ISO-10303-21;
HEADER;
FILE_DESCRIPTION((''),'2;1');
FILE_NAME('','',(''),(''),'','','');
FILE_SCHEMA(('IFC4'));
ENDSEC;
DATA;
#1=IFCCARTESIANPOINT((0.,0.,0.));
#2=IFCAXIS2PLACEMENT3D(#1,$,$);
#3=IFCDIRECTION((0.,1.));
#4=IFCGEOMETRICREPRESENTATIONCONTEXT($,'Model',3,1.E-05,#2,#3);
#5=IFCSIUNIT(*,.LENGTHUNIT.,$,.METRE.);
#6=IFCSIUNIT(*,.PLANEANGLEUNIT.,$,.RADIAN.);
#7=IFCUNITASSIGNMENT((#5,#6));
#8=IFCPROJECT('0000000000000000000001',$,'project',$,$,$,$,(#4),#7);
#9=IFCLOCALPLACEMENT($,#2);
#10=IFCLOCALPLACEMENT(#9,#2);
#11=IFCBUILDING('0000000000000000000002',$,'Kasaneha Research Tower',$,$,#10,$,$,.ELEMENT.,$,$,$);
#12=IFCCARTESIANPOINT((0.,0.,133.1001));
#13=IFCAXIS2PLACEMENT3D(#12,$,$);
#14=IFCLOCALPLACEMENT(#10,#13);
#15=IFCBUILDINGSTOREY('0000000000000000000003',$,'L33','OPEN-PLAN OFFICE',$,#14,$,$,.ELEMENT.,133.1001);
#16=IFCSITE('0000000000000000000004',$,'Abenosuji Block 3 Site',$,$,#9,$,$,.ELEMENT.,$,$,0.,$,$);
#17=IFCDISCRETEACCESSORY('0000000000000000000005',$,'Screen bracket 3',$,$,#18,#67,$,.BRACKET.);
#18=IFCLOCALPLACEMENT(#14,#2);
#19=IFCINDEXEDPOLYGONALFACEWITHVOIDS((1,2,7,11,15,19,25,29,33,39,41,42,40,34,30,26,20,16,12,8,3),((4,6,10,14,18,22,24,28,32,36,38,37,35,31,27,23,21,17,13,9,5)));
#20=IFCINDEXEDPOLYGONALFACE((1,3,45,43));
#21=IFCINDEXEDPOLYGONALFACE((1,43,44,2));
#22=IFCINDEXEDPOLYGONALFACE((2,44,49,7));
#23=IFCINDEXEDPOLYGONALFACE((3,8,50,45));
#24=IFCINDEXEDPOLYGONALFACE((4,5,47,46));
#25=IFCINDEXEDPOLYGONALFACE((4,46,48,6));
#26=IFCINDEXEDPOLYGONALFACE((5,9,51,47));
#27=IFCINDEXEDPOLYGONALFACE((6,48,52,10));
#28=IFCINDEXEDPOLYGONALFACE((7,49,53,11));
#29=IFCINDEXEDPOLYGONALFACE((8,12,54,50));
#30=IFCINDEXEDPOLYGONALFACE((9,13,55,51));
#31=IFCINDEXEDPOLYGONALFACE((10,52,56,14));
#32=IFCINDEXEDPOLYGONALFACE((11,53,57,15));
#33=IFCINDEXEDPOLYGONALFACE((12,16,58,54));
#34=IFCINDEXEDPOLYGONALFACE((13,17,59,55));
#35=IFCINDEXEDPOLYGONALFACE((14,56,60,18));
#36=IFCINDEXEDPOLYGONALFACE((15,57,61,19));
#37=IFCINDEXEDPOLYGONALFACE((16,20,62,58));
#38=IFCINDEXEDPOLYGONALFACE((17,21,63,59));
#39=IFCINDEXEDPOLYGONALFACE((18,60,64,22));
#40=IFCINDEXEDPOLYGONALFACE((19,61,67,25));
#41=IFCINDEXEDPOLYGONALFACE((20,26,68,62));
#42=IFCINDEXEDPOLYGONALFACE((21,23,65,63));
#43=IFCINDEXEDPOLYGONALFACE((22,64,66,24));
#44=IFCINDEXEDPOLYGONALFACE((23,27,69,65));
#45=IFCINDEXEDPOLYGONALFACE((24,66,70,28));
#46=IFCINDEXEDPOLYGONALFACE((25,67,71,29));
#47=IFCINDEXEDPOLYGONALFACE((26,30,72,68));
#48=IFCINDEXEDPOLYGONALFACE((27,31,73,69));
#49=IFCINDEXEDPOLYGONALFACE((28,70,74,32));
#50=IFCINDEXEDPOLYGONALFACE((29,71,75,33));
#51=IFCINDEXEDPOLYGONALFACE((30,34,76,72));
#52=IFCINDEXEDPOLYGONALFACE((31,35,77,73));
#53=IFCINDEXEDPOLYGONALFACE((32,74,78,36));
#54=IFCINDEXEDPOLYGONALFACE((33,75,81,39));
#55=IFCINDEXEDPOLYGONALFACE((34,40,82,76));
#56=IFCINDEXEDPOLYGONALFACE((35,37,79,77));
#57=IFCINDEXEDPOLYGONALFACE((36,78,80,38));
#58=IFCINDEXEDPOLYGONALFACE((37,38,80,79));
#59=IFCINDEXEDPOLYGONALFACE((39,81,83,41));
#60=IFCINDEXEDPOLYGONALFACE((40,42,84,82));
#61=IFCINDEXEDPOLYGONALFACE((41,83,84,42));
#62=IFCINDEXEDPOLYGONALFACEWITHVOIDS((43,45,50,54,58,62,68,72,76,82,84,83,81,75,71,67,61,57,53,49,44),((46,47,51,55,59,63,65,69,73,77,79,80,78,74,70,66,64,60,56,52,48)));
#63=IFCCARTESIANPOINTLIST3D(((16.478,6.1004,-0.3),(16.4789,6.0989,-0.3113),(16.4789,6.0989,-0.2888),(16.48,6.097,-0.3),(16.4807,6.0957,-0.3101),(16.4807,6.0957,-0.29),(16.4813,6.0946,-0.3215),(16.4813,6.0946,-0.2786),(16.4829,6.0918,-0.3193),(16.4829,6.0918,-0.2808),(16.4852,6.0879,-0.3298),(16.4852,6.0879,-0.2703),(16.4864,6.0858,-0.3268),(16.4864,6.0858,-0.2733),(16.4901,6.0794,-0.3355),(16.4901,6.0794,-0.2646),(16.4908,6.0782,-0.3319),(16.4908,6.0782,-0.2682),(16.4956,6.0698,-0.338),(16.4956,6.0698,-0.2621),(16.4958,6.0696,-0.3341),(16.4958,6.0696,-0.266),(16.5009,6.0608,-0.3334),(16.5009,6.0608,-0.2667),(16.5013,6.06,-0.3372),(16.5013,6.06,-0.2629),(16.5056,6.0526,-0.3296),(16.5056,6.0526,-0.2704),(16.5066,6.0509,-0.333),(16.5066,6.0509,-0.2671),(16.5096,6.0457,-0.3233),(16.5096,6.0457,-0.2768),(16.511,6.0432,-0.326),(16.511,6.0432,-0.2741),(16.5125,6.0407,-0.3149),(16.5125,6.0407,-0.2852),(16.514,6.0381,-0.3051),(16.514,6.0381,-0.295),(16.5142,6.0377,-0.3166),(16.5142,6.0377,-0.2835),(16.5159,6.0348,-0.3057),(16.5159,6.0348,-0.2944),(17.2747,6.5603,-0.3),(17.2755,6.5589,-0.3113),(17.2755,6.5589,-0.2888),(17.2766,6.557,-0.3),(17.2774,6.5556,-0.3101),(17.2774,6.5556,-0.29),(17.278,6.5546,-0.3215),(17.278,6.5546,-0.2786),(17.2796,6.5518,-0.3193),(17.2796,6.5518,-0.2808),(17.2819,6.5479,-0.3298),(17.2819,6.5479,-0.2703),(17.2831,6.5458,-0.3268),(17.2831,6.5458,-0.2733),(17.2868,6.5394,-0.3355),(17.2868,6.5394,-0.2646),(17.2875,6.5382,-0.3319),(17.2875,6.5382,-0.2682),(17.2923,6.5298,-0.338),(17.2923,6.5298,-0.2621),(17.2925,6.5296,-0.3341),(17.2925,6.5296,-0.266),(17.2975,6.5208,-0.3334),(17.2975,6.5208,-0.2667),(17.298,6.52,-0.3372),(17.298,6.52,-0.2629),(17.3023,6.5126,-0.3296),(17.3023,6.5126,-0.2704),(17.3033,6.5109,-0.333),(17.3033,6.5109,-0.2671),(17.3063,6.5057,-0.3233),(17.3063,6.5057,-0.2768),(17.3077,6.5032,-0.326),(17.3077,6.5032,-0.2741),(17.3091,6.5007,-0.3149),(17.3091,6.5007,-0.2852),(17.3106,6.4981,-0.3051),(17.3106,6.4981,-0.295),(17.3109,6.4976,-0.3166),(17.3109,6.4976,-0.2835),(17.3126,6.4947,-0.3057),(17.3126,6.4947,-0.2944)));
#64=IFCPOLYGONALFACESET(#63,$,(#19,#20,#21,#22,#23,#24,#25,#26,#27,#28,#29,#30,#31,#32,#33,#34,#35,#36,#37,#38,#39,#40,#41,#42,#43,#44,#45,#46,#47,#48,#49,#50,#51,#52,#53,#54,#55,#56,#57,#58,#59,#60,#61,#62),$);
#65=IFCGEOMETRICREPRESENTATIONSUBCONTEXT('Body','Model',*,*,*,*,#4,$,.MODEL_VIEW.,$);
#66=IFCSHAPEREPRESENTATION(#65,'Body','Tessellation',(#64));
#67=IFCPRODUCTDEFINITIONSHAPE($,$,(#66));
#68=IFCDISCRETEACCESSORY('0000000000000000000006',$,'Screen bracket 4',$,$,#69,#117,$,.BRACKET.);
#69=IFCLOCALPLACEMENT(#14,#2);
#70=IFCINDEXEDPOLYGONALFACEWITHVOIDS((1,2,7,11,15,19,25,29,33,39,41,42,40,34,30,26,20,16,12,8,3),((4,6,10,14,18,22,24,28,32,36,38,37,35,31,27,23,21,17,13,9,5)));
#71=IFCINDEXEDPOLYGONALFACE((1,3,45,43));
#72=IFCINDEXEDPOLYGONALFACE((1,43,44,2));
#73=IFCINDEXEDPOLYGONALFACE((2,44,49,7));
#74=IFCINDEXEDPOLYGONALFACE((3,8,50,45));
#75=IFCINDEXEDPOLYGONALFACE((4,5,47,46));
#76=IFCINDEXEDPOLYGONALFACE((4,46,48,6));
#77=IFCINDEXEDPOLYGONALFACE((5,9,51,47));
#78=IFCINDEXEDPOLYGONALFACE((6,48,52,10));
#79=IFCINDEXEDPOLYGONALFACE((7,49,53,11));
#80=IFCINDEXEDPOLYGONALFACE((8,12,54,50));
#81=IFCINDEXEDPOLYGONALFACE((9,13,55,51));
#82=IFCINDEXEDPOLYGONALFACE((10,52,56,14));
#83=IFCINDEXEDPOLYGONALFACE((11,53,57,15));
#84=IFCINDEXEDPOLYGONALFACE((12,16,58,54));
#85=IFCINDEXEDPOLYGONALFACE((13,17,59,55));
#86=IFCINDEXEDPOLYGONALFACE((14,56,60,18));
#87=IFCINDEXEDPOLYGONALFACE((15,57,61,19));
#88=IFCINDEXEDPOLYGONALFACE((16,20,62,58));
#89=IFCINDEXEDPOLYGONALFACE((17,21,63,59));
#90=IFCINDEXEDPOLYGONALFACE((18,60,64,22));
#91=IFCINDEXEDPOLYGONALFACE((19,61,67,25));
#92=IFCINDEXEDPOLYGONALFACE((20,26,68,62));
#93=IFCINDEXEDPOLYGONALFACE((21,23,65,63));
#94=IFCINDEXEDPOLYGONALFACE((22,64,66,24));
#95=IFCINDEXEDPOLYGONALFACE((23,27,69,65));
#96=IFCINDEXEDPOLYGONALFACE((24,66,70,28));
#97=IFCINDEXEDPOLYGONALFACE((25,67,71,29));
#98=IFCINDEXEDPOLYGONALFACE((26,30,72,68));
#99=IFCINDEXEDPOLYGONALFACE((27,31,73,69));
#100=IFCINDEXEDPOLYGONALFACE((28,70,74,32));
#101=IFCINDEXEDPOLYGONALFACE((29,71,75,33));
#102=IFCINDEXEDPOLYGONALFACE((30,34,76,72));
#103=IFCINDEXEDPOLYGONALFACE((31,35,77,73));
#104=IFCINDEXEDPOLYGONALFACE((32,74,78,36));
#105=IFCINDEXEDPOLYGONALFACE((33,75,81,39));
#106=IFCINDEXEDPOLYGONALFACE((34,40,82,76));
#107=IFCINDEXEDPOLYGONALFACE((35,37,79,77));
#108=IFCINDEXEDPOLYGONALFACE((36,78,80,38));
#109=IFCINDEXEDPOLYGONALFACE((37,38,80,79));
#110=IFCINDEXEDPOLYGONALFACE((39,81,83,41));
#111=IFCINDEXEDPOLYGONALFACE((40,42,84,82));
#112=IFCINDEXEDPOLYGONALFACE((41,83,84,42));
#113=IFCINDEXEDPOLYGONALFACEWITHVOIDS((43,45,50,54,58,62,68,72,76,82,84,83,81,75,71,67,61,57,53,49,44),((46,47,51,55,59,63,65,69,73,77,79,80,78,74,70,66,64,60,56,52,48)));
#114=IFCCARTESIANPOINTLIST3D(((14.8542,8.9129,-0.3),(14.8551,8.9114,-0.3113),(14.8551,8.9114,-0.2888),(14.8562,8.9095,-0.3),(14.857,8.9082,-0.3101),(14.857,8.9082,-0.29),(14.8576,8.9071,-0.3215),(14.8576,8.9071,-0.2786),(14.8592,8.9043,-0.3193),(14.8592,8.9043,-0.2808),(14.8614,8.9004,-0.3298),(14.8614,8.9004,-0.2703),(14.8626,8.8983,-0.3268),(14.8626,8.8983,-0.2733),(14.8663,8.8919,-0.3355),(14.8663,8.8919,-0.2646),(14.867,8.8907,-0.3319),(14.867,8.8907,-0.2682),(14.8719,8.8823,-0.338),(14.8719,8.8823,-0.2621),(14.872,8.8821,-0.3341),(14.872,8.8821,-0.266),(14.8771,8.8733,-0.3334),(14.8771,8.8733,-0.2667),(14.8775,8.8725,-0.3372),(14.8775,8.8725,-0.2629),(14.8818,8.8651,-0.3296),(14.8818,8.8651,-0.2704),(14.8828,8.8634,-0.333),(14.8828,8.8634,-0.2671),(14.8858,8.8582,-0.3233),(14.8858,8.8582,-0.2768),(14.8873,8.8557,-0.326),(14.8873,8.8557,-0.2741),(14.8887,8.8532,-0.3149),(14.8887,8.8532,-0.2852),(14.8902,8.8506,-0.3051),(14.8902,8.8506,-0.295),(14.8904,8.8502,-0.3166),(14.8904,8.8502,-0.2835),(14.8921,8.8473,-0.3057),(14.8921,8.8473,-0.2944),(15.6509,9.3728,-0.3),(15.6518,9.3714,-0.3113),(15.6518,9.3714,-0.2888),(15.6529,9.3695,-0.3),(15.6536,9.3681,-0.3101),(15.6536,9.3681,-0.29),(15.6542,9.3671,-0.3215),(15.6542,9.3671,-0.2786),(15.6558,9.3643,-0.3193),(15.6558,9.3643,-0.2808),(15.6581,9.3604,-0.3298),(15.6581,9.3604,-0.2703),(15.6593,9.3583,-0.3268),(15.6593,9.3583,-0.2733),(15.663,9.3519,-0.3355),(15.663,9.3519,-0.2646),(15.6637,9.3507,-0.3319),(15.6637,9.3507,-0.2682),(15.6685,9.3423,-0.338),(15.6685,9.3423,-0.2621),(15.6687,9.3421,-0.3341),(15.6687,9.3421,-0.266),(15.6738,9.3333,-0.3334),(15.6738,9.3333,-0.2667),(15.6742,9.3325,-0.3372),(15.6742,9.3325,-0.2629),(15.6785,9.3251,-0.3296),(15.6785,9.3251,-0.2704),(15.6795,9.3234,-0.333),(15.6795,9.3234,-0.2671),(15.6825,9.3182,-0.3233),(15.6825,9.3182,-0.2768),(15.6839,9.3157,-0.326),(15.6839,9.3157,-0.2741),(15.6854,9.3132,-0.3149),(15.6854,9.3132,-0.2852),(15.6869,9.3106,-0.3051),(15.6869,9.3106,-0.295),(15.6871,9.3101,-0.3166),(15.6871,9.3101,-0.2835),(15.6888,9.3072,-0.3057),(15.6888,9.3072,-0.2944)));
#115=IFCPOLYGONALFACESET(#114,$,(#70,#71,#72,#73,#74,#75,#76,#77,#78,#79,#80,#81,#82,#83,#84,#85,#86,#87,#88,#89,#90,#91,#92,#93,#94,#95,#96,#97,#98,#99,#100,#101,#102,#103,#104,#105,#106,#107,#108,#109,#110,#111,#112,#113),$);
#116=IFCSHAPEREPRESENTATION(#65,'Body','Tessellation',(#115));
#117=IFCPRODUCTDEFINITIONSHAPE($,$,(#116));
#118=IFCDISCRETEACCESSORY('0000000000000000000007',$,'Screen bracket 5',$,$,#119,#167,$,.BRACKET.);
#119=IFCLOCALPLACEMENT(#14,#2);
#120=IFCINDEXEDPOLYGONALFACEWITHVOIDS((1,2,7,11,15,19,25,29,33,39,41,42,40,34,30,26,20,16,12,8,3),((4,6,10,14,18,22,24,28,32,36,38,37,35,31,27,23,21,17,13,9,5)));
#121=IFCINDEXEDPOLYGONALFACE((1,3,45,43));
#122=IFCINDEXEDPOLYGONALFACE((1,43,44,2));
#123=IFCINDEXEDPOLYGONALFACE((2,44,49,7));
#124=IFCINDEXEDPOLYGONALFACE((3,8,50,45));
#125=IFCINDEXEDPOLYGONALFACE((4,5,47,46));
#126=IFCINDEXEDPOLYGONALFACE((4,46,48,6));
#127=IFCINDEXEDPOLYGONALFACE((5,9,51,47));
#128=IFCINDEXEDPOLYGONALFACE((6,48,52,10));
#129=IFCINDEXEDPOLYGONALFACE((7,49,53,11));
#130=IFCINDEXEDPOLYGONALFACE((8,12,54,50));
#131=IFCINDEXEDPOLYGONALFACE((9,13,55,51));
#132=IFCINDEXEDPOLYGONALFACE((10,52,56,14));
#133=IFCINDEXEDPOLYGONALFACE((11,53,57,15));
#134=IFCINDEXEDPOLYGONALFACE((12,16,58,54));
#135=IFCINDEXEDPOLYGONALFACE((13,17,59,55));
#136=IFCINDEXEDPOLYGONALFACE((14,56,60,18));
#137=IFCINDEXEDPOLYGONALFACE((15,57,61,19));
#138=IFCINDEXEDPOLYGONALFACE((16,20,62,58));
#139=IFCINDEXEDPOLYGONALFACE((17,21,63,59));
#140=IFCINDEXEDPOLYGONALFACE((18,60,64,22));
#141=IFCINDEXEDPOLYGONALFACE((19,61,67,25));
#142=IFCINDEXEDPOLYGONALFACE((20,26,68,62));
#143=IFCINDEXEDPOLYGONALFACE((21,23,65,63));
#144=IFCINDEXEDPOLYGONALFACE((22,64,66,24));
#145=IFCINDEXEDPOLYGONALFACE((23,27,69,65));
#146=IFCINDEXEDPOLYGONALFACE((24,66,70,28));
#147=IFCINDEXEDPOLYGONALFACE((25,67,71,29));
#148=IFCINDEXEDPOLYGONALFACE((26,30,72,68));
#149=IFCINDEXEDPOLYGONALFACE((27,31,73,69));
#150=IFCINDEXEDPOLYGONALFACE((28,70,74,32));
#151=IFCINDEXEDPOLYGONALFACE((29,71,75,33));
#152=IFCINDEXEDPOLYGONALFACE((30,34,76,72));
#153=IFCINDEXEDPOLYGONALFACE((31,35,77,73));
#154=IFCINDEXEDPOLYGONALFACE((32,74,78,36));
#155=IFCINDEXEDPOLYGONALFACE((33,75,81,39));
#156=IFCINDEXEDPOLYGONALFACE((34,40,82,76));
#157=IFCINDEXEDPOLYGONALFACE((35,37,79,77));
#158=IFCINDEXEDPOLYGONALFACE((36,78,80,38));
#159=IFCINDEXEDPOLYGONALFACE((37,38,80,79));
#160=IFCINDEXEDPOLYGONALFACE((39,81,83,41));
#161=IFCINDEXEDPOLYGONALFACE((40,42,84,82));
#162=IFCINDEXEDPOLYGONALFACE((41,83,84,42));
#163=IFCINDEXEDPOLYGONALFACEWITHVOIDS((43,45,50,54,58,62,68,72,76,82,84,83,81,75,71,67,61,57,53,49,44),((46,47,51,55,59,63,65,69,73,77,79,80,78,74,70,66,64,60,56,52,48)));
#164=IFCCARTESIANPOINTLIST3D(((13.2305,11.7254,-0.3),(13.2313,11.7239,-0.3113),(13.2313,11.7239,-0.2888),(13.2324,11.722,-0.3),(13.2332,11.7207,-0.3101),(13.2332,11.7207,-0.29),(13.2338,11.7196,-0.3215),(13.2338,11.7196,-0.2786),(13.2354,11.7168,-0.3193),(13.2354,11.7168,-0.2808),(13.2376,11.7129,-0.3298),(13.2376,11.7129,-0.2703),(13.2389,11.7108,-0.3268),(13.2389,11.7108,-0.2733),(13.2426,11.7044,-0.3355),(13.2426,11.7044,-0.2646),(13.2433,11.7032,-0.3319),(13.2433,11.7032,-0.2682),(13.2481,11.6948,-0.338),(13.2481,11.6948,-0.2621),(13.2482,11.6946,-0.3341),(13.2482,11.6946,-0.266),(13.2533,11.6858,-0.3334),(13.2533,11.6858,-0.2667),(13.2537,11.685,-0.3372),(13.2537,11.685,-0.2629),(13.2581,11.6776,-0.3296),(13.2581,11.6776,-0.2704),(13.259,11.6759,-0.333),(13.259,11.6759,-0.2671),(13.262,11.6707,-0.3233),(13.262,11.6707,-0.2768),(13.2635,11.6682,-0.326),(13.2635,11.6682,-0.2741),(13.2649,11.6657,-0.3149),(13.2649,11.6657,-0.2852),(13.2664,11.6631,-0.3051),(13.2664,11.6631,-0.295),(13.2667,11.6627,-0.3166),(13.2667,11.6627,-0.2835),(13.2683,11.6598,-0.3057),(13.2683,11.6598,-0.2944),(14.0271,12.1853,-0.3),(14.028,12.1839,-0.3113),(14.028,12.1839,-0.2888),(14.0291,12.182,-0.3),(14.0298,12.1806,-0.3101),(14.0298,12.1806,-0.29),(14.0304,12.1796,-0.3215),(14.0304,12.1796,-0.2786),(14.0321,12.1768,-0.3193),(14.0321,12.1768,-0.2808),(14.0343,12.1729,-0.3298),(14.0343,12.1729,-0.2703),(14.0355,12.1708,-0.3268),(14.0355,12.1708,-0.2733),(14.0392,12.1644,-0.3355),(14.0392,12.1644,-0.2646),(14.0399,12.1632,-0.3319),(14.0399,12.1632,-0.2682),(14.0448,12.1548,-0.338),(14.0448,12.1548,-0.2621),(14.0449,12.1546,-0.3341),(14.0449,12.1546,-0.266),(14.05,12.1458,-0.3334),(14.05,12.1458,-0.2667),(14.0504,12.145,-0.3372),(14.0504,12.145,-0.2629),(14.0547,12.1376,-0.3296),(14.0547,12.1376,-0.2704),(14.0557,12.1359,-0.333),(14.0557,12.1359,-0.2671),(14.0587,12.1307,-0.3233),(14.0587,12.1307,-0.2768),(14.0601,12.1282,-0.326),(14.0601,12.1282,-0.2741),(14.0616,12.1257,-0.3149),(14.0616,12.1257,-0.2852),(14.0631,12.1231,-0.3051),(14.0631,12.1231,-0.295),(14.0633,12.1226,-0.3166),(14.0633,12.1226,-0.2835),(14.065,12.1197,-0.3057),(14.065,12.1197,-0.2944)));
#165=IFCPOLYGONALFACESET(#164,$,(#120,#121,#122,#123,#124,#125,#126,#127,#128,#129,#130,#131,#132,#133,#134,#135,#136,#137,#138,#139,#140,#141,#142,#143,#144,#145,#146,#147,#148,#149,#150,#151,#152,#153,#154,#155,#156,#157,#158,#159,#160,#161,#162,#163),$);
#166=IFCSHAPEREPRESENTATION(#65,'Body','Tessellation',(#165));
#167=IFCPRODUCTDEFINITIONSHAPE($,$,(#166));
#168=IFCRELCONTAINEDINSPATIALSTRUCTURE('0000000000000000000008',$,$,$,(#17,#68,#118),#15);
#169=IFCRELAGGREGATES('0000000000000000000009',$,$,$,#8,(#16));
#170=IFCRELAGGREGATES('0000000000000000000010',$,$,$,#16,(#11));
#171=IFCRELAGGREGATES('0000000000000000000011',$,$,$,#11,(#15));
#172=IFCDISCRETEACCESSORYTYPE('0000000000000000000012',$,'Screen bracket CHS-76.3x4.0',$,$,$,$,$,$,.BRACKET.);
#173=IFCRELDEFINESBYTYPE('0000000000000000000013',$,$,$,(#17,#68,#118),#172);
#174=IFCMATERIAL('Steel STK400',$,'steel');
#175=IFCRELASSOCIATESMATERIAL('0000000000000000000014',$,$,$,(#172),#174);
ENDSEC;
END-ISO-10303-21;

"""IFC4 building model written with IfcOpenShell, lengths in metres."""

from ifc_helpers import new_model, si_unit, direction, frame, origin, origin_2d, place, context, subcontext, project, spatial, hollow_circle, extrude, material, material_profile, profile_set, type_object, element, save


model = new_model("IFC4")

# Units and contexts
model_context = context("Model", 3, precision=1e-05, world=origin(), true_north=direction((0.0, 1.0)))
body_context = subcontext(model_context, "Body", "Model", "MODEL_VIEW")
ifc_project = project(units=[si_unit("LENGTHUNIT", "METRE"), si_unit("PLANEANGLEUNIT", "RADIAN")], contexts=[model_context])

# Site, building, storey
site_placement = place(None, origin())
site = spatial("IfcSite", under=ifc_project, at=site_placement, Name="Abenosuji Block 3 Site", CompositionType="ELEMENT", RefElevation=0.0)
building_placement = place(site_placement, origin())
building = spatial("IfcBuilding", under=site, at=building_placement, Name="Kasaneha Research Tower", CompositionType="ELEMENT")
storey_placement = place(building_placement, frame((0.0, 0.0, 133.1001)))
storey = spatial("IfcBuildingStorey", under=building, at=storey_placement, Name="L33", Description="OPEN-PLAN OFFICE", CompositionType="ELEMENT", Elevation=133.1001)

# Discrete accessories
ifc_material_1 = material(Name="Steel STK400", Category="steel")
ifc_material_profile_1 = material_profile(ifc_material_1, hollow_circle(Radius=0.0381, WallThickness=0.0039, at=origin_2d()), Name="CHS-76.3x4.0")
ifc_profile_set_1 = profile_set([ifc_material_profile_1], Name="Steel STK400")
discrete_accessory_type = type_object("IfcDiscreteAccessoryType", Name="Screen bracket CHS-76.3x4.0", PredefinedType="BRACKET", material=ifc_profile_set_1)
for number, where, z_axis, x_axis, name in (
    (1, (16.4971, 6.0674, -0.3), (0.866013, 0.500021, 0.0), (-0.500021, 0.866013, 0.0), "Screen bracket 3"),
    (2, (14.8733, 8.8799, -0.3), (0.866013, 0.500021, 0.0), (-0.500021, 0.866013, 0.0), "Screen bracket 4"),
    (3, (13.2495, 11.6924, -0.3), (0.866013, 0.500021, 0.0), (-0.500021, 0.866013, 0.0), "Screen bracket 5"),
):
    element("IfcDiscreteAccessory", number, at=place(storey_placement, frame(where, z_axis=z_axis, x_axis=x_axis)), inside=storey, type_object=discrete_accessory_type, Name=name, PredefinedType="BRACKET", context=body_context, shape_type="SweptSolid", body=[
        extrude(hollow_circle(Radius=0.0381, WallThickness=0.0039, at=origin_2d()), origin(), (0.0, 0.0, 1.0), 0.9199),
    ])

save(model, "model.ifc")
